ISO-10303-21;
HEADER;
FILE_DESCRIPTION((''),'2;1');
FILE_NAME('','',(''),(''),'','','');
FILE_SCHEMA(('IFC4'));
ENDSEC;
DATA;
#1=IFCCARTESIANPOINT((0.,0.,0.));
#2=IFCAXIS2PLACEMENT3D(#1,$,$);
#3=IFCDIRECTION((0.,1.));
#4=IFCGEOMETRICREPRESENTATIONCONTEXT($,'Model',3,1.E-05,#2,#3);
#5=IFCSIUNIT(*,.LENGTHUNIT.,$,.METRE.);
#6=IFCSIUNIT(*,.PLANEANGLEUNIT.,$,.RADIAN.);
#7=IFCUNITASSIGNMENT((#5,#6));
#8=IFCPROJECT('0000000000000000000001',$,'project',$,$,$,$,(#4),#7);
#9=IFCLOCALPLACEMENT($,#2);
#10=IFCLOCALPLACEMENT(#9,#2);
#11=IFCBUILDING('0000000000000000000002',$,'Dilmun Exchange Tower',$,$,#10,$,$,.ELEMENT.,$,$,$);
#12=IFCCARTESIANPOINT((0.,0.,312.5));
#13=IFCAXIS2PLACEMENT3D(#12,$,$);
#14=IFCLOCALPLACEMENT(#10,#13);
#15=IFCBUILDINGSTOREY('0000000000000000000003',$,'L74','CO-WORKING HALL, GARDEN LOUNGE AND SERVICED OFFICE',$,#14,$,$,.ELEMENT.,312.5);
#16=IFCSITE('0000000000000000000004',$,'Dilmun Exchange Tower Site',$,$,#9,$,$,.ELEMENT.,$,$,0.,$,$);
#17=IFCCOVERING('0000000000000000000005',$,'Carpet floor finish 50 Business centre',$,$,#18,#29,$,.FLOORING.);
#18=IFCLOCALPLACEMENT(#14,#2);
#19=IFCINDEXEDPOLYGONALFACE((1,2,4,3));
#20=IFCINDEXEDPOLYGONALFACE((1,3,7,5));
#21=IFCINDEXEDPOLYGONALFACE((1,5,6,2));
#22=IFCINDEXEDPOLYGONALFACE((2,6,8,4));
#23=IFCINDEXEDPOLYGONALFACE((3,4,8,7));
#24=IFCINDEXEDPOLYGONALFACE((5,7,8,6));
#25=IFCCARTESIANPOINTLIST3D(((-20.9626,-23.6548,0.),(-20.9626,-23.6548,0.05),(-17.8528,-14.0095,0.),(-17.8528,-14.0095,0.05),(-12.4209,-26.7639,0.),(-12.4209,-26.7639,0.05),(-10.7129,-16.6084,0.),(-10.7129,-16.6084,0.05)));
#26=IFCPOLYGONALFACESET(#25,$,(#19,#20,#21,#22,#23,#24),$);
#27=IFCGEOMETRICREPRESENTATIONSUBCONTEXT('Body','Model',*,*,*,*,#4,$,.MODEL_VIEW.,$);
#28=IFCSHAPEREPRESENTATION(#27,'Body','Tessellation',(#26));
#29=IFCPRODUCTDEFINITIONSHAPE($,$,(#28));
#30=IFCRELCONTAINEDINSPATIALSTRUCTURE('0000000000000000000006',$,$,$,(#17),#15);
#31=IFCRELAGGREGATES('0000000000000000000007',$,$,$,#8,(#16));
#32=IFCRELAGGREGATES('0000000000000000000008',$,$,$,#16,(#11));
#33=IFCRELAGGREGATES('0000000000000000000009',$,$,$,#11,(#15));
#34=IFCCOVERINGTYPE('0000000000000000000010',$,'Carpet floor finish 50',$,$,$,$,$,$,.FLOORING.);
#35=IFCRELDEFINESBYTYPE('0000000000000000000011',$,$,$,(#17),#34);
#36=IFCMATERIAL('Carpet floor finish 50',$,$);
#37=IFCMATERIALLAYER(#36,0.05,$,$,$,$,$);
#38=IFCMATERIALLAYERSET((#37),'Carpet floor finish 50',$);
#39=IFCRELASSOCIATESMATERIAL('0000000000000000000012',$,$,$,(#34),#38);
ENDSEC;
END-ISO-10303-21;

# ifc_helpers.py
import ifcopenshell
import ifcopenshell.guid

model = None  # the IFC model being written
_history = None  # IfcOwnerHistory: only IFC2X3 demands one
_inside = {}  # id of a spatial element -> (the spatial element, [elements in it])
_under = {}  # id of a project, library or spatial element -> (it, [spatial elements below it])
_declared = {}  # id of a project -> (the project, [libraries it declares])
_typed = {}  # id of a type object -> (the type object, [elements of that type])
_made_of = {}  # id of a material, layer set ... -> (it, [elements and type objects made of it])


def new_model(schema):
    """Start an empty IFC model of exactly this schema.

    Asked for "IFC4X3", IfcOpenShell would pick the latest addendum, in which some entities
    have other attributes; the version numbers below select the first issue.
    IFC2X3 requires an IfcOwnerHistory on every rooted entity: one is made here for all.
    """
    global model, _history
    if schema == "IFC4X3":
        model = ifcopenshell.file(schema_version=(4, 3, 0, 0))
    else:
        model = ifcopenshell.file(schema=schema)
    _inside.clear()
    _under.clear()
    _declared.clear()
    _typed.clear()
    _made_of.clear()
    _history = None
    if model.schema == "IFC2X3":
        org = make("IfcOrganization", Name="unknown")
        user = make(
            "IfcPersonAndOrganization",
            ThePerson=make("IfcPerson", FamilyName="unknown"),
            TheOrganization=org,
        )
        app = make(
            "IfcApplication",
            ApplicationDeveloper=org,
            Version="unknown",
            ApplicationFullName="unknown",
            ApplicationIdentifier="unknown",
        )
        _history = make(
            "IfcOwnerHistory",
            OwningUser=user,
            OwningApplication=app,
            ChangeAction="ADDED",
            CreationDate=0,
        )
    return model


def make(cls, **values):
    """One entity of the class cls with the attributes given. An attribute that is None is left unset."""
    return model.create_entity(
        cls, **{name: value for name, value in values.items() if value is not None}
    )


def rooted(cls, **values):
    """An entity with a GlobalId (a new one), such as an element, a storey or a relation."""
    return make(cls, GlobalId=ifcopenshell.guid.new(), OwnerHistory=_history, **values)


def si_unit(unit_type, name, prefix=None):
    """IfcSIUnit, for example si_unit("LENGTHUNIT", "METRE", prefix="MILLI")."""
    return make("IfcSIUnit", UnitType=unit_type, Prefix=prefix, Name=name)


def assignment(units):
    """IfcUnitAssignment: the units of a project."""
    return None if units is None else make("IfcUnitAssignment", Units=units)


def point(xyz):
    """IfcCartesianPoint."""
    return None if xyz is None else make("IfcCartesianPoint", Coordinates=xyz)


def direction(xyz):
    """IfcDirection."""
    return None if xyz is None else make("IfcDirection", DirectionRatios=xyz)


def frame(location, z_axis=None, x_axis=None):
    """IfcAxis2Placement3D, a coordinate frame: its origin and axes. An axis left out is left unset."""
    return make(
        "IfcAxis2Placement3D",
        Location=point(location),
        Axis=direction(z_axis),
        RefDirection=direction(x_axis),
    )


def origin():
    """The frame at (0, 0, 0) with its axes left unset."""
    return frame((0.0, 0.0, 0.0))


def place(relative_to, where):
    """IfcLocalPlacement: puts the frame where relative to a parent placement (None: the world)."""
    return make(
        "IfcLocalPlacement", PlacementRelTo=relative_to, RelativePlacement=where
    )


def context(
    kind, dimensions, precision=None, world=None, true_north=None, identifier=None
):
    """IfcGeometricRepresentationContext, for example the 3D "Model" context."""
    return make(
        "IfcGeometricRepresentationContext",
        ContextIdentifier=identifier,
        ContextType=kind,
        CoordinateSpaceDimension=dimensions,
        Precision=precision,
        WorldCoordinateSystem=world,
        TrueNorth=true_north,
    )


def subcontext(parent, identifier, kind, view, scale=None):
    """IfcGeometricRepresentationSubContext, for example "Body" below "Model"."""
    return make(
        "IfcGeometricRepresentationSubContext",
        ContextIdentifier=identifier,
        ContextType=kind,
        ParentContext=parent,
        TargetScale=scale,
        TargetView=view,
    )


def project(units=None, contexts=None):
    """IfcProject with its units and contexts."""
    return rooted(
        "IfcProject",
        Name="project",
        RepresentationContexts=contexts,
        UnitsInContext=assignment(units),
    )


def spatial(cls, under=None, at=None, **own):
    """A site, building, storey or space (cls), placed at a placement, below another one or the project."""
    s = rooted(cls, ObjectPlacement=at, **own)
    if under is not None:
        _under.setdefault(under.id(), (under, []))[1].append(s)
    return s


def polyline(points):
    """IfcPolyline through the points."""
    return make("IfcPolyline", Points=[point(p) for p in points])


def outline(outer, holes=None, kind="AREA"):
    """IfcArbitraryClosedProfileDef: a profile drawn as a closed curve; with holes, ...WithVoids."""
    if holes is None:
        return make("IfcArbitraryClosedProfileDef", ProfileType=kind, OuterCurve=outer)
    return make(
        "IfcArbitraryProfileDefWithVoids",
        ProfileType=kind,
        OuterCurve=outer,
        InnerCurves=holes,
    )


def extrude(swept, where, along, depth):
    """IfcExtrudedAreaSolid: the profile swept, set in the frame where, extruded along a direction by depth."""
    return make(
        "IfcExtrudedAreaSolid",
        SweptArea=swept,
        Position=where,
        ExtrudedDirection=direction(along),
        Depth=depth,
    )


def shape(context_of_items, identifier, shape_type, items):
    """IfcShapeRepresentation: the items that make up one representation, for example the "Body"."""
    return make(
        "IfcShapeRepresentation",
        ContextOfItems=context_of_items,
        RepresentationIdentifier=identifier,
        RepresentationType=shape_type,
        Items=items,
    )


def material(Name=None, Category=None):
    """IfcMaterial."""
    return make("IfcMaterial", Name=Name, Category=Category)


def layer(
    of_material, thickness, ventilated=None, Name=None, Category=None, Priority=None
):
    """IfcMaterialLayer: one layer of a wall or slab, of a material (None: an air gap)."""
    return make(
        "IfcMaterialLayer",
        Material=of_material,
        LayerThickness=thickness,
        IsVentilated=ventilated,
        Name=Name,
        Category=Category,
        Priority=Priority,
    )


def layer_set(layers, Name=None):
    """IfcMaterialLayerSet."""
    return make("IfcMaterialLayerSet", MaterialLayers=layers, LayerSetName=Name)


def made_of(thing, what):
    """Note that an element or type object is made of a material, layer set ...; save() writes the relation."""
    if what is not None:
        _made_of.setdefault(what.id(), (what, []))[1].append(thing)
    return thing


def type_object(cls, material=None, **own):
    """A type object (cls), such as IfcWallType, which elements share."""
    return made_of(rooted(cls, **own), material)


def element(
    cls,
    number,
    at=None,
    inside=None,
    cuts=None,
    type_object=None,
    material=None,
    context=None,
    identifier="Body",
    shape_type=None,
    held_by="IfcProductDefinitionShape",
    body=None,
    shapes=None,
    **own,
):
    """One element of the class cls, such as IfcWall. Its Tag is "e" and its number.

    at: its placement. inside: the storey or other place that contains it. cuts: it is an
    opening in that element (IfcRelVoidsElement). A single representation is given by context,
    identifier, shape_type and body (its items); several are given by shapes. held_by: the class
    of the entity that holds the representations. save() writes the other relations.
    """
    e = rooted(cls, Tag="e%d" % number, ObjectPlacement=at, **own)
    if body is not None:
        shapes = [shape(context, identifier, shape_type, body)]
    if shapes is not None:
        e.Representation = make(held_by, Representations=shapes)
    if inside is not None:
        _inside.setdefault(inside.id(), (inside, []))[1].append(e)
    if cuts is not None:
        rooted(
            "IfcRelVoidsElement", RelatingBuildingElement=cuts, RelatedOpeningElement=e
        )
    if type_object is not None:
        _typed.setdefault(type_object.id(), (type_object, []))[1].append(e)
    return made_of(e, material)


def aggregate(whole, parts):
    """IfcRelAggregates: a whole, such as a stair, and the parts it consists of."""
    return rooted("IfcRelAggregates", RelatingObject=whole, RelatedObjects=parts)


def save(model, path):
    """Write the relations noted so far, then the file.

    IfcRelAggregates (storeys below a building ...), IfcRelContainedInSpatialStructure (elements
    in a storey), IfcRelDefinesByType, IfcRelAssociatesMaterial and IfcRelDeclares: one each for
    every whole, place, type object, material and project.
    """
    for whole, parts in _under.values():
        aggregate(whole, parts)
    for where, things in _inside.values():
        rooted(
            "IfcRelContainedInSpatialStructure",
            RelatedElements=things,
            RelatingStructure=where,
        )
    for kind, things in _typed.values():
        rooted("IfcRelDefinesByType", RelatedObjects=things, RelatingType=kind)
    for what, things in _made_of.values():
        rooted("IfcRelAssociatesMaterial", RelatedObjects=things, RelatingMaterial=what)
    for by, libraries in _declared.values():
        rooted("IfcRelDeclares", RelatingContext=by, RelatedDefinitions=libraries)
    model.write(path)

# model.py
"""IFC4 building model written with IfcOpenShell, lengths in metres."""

from ifc_helpers import new_model, si_unit, direction, frame, origin, place, context, subcontext, project, spatial, polyline, outline, extrude, material, layer, layer_set, type_object, element, save


model = new_model("IFC4")

# Units and contexts
model_context = context("Model", 3, precision=1e-05, world=origin(), true_north=direction((0.0, 1.0)))
body_context = subcontext(model_context, "Body", "Model", "MODEL_VIEW")
ifc_project = project(units=[si_unit("LENGTHUNIT", "METRE"), si_unit("PLANEANGLEUNIT", "RADIAN")], contexts=[model_context])

# Site, building, storey
site_placement = place(None, origin())
site = spatial("IfcSite", under=ifc_project, at=site_placement, Name="Dilmun Exchange Tower Site", CompositionType="ELEMENT", RefElevation=0.0)
building_placement = place(site_placement, origin())
building = spatial("IfcBuilding", under=site, at=building_placement, Name="Dilmun Exchange Tower", CompositionType="ELEMENT")
storey_placement = place(building_placement, frame((0.0, 0.0, 312.5)))
storey = spatial("IfcBuildingStorey", under=building, at=storey_placement, Name="L74", Description="CO-WORKING HALL, GARDEN LOUNGE AND SERVICED OFFICE", CompositionType="ELEMENT", Elevation=312.5)

# Covering
ifc_material_1 = material(Name="Carpet floor finish 50")
ifc_layer_1 = layer(ifc_material_1, 0.05)
ifc_layer_set_1 = layer_set([ifc_layer_1], Name="Carpet floor finish 50")
covering_type_1 = type_object("IfcCoveringType", Name="Carpet floor finish 50", PredefinedType="FLOORING", material=ifc_layer_set_1)
covering_1_placement = place(storey_placement, origin())
element("IfcCovering", 1, at=covering_1_placement, inside=storey, type_object=covering_type_1, Name="Carpet floor finish 50 Business centre", PredefinedType="FLOORING", context=body_context, shape_type="SweptSolid", body=[
    extrude(outline(polyline([(-12.4209, -26.7639), (-20.9626, -23.6548), (-17.8528, -14.0095), (-10.7129, -16.6084), (-12.4209, -26.7639)])), origin(), (0.0, 0.0, 1.0), 0.05),
])

save(model, "model.ifc")
